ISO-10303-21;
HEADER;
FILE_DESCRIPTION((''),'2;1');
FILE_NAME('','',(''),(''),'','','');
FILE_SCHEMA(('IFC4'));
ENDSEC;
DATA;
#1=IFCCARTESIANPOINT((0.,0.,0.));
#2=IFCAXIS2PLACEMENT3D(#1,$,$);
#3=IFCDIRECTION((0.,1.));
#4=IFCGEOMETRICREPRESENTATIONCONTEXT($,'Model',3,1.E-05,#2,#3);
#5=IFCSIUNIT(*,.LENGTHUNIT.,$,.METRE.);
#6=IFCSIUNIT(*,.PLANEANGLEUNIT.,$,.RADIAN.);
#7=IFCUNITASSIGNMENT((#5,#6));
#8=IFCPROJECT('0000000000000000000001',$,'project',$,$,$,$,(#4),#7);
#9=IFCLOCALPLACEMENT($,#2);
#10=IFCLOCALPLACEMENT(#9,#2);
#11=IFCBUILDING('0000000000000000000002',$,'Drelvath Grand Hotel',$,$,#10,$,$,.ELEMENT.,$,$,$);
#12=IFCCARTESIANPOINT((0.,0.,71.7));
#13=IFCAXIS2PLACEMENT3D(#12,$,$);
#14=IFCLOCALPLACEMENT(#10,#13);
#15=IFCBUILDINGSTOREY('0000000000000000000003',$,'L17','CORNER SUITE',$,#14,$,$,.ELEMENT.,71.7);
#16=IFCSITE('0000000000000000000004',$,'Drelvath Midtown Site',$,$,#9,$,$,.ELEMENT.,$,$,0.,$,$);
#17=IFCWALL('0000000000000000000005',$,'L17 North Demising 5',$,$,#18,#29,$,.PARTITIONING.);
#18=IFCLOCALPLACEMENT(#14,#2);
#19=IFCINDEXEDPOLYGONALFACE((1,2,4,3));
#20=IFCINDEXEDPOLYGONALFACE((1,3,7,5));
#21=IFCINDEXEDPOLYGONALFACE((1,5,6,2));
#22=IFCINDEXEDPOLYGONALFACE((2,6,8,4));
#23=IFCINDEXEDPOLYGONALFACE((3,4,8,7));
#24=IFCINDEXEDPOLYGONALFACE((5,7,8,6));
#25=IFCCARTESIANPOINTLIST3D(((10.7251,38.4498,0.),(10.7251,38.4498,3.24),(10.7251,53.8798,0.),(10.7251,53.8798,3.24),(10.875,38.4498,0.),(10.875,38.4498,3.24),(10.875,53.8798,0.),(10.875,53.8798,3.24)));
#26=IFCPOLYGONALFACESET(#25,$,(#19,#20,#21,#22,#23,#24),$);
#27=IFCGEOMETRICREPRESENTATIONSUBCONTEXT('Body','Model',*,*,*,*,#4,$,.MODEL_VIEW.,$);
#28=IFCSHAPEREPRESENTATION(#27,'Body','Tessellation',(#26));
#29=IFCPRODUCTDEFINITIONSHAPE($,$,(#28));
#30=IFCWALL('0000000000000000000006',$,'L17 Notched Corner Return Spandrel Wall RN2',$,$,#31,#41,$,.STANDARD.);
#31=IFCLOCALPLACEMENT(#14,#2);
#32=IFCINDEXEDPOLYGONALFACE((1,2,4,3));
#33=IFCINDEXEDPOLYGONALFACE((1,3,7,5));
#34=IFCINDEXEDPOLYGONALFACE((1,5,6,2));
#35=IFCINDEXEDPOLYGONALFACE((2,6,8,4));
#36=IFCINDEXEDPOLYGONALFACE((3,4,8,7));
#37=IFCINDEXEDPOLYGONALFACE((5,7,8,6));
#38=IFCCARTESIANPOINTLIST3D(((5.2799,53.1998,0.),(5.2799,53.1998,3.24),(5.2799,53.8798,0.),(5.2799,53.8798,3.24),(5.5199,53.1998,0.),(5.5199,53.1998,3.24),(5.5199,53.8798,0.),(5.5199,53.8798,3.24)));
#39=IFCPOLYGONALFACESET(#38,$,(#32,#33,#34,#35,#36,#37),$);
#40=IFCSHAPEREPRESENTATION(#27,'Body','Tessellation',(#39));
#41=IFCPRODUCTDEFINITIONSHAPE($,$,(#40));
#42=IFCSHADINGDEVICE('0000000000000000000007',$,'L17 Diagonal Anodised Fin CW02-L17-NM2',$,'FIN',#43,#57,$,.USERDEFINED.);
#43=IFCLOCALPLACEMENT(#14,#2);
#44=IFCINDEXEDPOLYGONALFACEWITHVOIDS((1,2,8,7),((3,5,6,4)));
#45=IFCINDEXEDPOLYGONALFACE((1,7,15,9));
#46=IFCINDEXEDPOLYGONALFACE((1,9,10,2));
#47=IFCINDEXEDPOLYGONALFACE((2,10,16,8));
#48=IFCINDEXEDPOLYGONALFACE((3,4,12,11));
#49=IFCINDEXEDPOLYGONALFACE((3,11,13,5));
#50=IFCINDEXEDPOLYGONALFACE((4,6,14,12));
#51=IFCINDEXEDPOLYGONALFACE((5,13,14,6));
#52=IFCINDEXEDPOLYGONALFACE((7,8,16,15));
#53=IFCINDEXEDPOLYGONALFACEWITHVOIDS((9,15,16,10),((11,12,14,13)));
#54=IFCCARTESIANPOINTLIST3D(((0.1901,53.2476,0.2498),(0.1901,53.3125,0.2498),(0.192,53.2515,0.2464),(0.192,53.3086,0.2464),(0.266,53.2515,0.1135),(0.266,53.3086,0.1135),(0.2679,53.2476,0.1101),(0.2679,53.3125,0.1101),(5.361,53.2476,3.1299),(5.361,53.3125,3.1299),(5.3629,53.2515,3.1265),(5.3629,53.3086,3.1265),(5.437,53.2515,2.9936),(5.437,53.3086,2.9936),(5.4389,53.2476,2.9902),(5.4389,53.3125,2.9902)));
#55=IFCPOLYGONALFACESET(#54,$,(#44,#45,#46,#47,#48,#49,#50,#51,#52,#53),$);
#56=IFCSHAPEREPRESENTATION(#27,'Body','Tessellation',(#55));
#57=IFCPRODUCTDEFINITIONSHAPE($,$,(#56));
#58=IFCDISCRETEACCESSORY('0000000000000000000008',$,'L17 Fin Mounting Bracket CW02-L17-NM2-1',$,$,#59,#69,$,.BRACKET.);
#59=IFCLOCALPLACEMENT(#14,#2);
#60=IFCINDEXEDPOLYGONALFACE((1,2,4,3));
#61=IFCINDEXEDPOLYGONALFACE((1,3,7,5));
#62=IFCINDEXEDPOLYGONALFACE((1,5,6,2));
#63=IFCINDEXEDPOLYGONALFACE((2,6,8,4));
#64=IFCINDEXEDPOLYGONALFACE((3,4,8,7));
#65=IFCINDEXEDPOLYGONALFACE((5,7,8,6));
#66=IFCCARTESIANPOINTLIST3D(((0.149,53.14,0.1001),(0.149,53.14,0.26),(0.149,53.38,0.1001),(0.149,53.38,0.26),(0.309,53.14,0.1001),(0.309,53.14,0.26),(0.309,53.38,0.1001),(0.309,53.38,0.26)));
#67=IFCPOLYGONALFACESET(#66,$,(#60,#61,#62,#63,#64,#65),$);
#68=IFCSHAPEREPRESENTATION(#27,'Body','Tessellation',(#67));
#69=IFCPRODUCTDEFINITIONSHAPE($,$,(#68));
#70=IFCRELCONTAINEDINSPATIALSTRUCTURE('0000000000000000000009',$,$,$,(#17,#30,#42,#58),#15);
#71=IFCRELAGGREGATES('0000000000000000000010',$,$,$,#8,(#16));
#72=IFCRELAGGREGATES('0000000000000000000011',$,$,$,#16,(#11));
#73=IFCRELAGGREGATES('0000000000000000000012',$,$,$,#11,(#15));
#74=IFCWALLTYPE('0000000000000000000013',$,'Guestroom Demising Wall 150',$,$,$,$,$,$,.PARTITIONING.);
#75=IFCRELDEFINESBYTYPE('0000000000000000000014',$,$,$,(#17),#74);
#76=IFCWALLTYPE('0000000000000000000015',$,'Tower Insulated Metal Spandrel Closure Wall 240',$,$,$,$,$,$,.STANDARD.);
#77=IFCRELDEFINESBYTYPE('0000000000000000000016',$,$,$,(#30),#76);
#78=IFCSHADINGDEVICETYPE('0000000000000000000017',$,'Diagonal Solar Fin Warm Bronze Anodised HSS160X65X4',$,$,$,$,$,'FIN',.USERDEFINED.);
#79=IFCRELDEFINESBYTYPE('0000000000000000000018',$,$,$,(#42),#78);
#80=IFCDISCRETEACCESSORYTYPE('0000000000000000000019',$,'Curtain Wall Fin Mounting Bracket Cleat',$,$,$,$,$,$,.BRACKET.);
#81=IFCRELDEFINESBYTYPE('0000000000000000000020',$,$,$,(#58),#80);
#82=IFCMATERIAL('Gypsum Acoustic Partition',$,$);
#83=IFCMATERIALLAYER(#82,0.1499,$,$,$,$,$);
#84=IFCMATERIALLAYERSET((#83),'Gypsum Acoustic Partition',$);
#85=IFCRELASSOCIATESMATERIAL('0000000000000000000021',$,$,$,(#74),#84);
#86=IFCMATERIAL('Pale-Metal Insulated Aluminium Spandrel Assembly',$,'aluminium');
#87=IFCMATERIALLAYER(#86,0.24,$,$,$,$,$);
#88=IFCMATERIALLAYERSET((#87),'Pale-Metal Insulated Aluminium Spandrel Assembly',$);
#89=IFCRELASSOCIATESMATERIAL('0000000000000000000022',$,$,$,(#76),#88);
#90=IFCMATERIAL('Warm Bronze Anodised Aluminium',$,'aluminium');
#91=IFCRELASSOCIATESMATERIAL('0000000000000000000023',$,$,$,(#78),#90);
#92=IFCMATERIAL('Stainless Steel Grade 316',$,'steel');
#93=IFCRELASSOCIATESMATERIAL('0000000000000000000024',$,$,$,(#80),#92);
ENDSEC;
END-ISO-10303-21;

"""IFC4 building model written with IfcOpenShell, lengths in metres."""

from ifc_helpers import new_model, si_unit, direction, frame, frame_2d, origin, origin_2d, place, context, subcontext, project, spatial, rectangle, hollow_rectangle, extrude, material, layer, layer_set, material_profile, profile_set, type_object, element, save


model = new_model("IFC4")

# Units and contexts
model_context = context("Model", 3, precision=1e-05, world=origin(), true_north=direction((0.0, 1.0)))
body_context = subcontext(model_context, "Body", "Model", "MODEL_VIEW")
ifc_project = project(units=[si_unit("LENGTHUNIT", "METRE"), si_unit("PLANEANGLEUNIT", "RADIAN")], contexts=[model_context])

# Site, building, storey
site_placement = place(None, origin())
site = spatial("IfcSite", under=ifc_project, at=site_placement, Name="Drelvath Midtown Site", CompositionType="ELEMENT", RefElevation=0.0)
building_placement = place(site_placement, origin())
building = spatial("IfcBuilding", under=site, at=building_placement, Name="Drelvath Grand Hotel", CompositionType="ELEMENT")
storey_placement = place(building_placement, frame((0.0, 0.0, 71.7)))
storey = spatial("IfcBuildingStorey", under=building, at=storey_placement, Name="L17", Description="CORNER SUITE", CompositionType="ELEMENT", Elevation=71.7)

# Walls
ifc_material_1 = material(Name="Gypsum Acoustic Partition")
ifc_layer_1 = layer(ifc_material_1, 0.1499)
ifc_layer_set_1 = layer_set([ifc_layer_1], Name="Gypsum Acoustic Partition")
wall_type_1 = type_object("IfcWallType", Name="Guestroom Demising Wall 150", PredefinedType="PARTITIONING", material=ifc_layer_set_1)
wall_1_placement = place(storey_placement, frame((10.8, 38.45, 0.0), z_axis=(0.0, 0.0, 1.0), x_axis=(0.0, 1.0, 0.0)))
element("IfcWall", 1, at=wall_1_placement, inside=storey, type_object=wall_type_1, Name="L17 North Demising 5", PredefinedType="PARTITIONING", context=body_context, shape_type="SweptSolid", body=[
    extrude(rectangle(XDim=15.4299, YDim=0.1499, at=frame_2d((7.7148, 0.0))), origin(), (0.0, 0.0, 1.0), 3.24),
])
ifc_material_2 = material(Name="Pale-Metal Insulated Aluminium Spandrel Assembly", Category="aluminium")
ifc_layer_2 = layer(ifc_material_2, 0.24)
ifc_layer_set_2 = layer_set([ifc_layer_2], Name="Pale-Metal Insulated Aluminium Spandrel Assembly")
wall_type_2 = type_object("IfcWallType", Name="Tower Insulated Metal Spandrel Closure Wall 240", PredefinedType="STANDARD", material=ifc_layer_set_2)
wall_2_placement = place(storey_placement, frame((5.3999, 53.2, 0.0), z_axis=(0.0, 0.0, 1.0), x_axis=(0.0, 1.0, 0.0)))
element("IfcWall", 2, at=wall_2_placement, inside=storey, type_object=wall_type_2, Name="L17 Notched Corner Return Spandrel Wall RN2", PredefinedType="STANDARD", context=body_context, shape_type="SweptSolid", body=[
    extrude(rectangle(XDim=0.6799, YDim=0.24, at=frame_2d((0.3398, 0.0))), origin(), (0.0, 0.0, 1.0), 3.24),
])

# Shading device
ifc_material_3 = material(Name="Warm Bronze Anodised Aluminium", Category="aluminium")
ifc_material_profile_1 = material_profile(ifc_material_3, hollow_rectangle(XDim=0.0649, YDim=0.1599, WallThickness=0.0039, at=origin_2d()), Name="HSS160X65X4")
ifc_profile_set_1 = profile_set([ifc_material_profile_1], Name="Warm Bronze Anodised Aluminium")
shading_device_type = type_object("IfcShadingDeviceType", Name="Diagonal Solar Fin Warm Bronze Anodised HSS160X65X4", ElementType="FIN", PredefinedType="USERDEFINED", material=ifc_profile_set_1)
shading_device_placement = place(storey_placement, frame((0.229, 53.28, 0.1799), z_axis=(0.873626, 0.0, 0.486599), x_axis=(0.0, 1.0, 0.0)))
element("IfcShadingDevice", 3, at=shading_device_placement, inside=storey, type_object=shading_device_type, Name="L17 Diagonal Anodised Fin CW02-L17-NM2", ObjectType="FIN", PredefinedType="USERDEFINED", context=body_context, shape_type="SweptSolid", body=[
    extrude(hollow_rectangle(XDim=0.0649, YDim=0.1599, WallThickness=0.0039, at=origin_2d()), origin(), (0.0, 0.0, 1.0), 5.9189),
])

# Discrete accessory
ifc_material_4 = material(Name="Stainless Steel Grade 316", Category="steel")
discrete_accessory_type = type_object("IfcDiscreteAccessoryType", Name="Curtain Wall Fin Mounting Bracket Cleat", PredefinedType="BRACKET", material=ifc_material_4)
discrete_accessory_placement = place(storey_placement, frame((0.229, 53.26, 0.1001), z_axis=(0.0, 0.0, 1.0), x_axis=(1.0, 0.0, 0.0)))
element("IfcDiscreteAccessory", 4, at=discrete_accessory_placement, inside=storey, type_object=discrete_accessory_type, Name="L17 Fin Mounting Bracket CW02-L17-NM2-1", PredefinedType="BRACKET", context=body_context, shape_type="SweptSolid", body=[
    extrude(rectangle(XDim=0.1599, YDim=0.24, at=origin_2d()), origin(), (0.0, 0.0, 1.0), 0.1599),
])

save(model, "model.ifc")
